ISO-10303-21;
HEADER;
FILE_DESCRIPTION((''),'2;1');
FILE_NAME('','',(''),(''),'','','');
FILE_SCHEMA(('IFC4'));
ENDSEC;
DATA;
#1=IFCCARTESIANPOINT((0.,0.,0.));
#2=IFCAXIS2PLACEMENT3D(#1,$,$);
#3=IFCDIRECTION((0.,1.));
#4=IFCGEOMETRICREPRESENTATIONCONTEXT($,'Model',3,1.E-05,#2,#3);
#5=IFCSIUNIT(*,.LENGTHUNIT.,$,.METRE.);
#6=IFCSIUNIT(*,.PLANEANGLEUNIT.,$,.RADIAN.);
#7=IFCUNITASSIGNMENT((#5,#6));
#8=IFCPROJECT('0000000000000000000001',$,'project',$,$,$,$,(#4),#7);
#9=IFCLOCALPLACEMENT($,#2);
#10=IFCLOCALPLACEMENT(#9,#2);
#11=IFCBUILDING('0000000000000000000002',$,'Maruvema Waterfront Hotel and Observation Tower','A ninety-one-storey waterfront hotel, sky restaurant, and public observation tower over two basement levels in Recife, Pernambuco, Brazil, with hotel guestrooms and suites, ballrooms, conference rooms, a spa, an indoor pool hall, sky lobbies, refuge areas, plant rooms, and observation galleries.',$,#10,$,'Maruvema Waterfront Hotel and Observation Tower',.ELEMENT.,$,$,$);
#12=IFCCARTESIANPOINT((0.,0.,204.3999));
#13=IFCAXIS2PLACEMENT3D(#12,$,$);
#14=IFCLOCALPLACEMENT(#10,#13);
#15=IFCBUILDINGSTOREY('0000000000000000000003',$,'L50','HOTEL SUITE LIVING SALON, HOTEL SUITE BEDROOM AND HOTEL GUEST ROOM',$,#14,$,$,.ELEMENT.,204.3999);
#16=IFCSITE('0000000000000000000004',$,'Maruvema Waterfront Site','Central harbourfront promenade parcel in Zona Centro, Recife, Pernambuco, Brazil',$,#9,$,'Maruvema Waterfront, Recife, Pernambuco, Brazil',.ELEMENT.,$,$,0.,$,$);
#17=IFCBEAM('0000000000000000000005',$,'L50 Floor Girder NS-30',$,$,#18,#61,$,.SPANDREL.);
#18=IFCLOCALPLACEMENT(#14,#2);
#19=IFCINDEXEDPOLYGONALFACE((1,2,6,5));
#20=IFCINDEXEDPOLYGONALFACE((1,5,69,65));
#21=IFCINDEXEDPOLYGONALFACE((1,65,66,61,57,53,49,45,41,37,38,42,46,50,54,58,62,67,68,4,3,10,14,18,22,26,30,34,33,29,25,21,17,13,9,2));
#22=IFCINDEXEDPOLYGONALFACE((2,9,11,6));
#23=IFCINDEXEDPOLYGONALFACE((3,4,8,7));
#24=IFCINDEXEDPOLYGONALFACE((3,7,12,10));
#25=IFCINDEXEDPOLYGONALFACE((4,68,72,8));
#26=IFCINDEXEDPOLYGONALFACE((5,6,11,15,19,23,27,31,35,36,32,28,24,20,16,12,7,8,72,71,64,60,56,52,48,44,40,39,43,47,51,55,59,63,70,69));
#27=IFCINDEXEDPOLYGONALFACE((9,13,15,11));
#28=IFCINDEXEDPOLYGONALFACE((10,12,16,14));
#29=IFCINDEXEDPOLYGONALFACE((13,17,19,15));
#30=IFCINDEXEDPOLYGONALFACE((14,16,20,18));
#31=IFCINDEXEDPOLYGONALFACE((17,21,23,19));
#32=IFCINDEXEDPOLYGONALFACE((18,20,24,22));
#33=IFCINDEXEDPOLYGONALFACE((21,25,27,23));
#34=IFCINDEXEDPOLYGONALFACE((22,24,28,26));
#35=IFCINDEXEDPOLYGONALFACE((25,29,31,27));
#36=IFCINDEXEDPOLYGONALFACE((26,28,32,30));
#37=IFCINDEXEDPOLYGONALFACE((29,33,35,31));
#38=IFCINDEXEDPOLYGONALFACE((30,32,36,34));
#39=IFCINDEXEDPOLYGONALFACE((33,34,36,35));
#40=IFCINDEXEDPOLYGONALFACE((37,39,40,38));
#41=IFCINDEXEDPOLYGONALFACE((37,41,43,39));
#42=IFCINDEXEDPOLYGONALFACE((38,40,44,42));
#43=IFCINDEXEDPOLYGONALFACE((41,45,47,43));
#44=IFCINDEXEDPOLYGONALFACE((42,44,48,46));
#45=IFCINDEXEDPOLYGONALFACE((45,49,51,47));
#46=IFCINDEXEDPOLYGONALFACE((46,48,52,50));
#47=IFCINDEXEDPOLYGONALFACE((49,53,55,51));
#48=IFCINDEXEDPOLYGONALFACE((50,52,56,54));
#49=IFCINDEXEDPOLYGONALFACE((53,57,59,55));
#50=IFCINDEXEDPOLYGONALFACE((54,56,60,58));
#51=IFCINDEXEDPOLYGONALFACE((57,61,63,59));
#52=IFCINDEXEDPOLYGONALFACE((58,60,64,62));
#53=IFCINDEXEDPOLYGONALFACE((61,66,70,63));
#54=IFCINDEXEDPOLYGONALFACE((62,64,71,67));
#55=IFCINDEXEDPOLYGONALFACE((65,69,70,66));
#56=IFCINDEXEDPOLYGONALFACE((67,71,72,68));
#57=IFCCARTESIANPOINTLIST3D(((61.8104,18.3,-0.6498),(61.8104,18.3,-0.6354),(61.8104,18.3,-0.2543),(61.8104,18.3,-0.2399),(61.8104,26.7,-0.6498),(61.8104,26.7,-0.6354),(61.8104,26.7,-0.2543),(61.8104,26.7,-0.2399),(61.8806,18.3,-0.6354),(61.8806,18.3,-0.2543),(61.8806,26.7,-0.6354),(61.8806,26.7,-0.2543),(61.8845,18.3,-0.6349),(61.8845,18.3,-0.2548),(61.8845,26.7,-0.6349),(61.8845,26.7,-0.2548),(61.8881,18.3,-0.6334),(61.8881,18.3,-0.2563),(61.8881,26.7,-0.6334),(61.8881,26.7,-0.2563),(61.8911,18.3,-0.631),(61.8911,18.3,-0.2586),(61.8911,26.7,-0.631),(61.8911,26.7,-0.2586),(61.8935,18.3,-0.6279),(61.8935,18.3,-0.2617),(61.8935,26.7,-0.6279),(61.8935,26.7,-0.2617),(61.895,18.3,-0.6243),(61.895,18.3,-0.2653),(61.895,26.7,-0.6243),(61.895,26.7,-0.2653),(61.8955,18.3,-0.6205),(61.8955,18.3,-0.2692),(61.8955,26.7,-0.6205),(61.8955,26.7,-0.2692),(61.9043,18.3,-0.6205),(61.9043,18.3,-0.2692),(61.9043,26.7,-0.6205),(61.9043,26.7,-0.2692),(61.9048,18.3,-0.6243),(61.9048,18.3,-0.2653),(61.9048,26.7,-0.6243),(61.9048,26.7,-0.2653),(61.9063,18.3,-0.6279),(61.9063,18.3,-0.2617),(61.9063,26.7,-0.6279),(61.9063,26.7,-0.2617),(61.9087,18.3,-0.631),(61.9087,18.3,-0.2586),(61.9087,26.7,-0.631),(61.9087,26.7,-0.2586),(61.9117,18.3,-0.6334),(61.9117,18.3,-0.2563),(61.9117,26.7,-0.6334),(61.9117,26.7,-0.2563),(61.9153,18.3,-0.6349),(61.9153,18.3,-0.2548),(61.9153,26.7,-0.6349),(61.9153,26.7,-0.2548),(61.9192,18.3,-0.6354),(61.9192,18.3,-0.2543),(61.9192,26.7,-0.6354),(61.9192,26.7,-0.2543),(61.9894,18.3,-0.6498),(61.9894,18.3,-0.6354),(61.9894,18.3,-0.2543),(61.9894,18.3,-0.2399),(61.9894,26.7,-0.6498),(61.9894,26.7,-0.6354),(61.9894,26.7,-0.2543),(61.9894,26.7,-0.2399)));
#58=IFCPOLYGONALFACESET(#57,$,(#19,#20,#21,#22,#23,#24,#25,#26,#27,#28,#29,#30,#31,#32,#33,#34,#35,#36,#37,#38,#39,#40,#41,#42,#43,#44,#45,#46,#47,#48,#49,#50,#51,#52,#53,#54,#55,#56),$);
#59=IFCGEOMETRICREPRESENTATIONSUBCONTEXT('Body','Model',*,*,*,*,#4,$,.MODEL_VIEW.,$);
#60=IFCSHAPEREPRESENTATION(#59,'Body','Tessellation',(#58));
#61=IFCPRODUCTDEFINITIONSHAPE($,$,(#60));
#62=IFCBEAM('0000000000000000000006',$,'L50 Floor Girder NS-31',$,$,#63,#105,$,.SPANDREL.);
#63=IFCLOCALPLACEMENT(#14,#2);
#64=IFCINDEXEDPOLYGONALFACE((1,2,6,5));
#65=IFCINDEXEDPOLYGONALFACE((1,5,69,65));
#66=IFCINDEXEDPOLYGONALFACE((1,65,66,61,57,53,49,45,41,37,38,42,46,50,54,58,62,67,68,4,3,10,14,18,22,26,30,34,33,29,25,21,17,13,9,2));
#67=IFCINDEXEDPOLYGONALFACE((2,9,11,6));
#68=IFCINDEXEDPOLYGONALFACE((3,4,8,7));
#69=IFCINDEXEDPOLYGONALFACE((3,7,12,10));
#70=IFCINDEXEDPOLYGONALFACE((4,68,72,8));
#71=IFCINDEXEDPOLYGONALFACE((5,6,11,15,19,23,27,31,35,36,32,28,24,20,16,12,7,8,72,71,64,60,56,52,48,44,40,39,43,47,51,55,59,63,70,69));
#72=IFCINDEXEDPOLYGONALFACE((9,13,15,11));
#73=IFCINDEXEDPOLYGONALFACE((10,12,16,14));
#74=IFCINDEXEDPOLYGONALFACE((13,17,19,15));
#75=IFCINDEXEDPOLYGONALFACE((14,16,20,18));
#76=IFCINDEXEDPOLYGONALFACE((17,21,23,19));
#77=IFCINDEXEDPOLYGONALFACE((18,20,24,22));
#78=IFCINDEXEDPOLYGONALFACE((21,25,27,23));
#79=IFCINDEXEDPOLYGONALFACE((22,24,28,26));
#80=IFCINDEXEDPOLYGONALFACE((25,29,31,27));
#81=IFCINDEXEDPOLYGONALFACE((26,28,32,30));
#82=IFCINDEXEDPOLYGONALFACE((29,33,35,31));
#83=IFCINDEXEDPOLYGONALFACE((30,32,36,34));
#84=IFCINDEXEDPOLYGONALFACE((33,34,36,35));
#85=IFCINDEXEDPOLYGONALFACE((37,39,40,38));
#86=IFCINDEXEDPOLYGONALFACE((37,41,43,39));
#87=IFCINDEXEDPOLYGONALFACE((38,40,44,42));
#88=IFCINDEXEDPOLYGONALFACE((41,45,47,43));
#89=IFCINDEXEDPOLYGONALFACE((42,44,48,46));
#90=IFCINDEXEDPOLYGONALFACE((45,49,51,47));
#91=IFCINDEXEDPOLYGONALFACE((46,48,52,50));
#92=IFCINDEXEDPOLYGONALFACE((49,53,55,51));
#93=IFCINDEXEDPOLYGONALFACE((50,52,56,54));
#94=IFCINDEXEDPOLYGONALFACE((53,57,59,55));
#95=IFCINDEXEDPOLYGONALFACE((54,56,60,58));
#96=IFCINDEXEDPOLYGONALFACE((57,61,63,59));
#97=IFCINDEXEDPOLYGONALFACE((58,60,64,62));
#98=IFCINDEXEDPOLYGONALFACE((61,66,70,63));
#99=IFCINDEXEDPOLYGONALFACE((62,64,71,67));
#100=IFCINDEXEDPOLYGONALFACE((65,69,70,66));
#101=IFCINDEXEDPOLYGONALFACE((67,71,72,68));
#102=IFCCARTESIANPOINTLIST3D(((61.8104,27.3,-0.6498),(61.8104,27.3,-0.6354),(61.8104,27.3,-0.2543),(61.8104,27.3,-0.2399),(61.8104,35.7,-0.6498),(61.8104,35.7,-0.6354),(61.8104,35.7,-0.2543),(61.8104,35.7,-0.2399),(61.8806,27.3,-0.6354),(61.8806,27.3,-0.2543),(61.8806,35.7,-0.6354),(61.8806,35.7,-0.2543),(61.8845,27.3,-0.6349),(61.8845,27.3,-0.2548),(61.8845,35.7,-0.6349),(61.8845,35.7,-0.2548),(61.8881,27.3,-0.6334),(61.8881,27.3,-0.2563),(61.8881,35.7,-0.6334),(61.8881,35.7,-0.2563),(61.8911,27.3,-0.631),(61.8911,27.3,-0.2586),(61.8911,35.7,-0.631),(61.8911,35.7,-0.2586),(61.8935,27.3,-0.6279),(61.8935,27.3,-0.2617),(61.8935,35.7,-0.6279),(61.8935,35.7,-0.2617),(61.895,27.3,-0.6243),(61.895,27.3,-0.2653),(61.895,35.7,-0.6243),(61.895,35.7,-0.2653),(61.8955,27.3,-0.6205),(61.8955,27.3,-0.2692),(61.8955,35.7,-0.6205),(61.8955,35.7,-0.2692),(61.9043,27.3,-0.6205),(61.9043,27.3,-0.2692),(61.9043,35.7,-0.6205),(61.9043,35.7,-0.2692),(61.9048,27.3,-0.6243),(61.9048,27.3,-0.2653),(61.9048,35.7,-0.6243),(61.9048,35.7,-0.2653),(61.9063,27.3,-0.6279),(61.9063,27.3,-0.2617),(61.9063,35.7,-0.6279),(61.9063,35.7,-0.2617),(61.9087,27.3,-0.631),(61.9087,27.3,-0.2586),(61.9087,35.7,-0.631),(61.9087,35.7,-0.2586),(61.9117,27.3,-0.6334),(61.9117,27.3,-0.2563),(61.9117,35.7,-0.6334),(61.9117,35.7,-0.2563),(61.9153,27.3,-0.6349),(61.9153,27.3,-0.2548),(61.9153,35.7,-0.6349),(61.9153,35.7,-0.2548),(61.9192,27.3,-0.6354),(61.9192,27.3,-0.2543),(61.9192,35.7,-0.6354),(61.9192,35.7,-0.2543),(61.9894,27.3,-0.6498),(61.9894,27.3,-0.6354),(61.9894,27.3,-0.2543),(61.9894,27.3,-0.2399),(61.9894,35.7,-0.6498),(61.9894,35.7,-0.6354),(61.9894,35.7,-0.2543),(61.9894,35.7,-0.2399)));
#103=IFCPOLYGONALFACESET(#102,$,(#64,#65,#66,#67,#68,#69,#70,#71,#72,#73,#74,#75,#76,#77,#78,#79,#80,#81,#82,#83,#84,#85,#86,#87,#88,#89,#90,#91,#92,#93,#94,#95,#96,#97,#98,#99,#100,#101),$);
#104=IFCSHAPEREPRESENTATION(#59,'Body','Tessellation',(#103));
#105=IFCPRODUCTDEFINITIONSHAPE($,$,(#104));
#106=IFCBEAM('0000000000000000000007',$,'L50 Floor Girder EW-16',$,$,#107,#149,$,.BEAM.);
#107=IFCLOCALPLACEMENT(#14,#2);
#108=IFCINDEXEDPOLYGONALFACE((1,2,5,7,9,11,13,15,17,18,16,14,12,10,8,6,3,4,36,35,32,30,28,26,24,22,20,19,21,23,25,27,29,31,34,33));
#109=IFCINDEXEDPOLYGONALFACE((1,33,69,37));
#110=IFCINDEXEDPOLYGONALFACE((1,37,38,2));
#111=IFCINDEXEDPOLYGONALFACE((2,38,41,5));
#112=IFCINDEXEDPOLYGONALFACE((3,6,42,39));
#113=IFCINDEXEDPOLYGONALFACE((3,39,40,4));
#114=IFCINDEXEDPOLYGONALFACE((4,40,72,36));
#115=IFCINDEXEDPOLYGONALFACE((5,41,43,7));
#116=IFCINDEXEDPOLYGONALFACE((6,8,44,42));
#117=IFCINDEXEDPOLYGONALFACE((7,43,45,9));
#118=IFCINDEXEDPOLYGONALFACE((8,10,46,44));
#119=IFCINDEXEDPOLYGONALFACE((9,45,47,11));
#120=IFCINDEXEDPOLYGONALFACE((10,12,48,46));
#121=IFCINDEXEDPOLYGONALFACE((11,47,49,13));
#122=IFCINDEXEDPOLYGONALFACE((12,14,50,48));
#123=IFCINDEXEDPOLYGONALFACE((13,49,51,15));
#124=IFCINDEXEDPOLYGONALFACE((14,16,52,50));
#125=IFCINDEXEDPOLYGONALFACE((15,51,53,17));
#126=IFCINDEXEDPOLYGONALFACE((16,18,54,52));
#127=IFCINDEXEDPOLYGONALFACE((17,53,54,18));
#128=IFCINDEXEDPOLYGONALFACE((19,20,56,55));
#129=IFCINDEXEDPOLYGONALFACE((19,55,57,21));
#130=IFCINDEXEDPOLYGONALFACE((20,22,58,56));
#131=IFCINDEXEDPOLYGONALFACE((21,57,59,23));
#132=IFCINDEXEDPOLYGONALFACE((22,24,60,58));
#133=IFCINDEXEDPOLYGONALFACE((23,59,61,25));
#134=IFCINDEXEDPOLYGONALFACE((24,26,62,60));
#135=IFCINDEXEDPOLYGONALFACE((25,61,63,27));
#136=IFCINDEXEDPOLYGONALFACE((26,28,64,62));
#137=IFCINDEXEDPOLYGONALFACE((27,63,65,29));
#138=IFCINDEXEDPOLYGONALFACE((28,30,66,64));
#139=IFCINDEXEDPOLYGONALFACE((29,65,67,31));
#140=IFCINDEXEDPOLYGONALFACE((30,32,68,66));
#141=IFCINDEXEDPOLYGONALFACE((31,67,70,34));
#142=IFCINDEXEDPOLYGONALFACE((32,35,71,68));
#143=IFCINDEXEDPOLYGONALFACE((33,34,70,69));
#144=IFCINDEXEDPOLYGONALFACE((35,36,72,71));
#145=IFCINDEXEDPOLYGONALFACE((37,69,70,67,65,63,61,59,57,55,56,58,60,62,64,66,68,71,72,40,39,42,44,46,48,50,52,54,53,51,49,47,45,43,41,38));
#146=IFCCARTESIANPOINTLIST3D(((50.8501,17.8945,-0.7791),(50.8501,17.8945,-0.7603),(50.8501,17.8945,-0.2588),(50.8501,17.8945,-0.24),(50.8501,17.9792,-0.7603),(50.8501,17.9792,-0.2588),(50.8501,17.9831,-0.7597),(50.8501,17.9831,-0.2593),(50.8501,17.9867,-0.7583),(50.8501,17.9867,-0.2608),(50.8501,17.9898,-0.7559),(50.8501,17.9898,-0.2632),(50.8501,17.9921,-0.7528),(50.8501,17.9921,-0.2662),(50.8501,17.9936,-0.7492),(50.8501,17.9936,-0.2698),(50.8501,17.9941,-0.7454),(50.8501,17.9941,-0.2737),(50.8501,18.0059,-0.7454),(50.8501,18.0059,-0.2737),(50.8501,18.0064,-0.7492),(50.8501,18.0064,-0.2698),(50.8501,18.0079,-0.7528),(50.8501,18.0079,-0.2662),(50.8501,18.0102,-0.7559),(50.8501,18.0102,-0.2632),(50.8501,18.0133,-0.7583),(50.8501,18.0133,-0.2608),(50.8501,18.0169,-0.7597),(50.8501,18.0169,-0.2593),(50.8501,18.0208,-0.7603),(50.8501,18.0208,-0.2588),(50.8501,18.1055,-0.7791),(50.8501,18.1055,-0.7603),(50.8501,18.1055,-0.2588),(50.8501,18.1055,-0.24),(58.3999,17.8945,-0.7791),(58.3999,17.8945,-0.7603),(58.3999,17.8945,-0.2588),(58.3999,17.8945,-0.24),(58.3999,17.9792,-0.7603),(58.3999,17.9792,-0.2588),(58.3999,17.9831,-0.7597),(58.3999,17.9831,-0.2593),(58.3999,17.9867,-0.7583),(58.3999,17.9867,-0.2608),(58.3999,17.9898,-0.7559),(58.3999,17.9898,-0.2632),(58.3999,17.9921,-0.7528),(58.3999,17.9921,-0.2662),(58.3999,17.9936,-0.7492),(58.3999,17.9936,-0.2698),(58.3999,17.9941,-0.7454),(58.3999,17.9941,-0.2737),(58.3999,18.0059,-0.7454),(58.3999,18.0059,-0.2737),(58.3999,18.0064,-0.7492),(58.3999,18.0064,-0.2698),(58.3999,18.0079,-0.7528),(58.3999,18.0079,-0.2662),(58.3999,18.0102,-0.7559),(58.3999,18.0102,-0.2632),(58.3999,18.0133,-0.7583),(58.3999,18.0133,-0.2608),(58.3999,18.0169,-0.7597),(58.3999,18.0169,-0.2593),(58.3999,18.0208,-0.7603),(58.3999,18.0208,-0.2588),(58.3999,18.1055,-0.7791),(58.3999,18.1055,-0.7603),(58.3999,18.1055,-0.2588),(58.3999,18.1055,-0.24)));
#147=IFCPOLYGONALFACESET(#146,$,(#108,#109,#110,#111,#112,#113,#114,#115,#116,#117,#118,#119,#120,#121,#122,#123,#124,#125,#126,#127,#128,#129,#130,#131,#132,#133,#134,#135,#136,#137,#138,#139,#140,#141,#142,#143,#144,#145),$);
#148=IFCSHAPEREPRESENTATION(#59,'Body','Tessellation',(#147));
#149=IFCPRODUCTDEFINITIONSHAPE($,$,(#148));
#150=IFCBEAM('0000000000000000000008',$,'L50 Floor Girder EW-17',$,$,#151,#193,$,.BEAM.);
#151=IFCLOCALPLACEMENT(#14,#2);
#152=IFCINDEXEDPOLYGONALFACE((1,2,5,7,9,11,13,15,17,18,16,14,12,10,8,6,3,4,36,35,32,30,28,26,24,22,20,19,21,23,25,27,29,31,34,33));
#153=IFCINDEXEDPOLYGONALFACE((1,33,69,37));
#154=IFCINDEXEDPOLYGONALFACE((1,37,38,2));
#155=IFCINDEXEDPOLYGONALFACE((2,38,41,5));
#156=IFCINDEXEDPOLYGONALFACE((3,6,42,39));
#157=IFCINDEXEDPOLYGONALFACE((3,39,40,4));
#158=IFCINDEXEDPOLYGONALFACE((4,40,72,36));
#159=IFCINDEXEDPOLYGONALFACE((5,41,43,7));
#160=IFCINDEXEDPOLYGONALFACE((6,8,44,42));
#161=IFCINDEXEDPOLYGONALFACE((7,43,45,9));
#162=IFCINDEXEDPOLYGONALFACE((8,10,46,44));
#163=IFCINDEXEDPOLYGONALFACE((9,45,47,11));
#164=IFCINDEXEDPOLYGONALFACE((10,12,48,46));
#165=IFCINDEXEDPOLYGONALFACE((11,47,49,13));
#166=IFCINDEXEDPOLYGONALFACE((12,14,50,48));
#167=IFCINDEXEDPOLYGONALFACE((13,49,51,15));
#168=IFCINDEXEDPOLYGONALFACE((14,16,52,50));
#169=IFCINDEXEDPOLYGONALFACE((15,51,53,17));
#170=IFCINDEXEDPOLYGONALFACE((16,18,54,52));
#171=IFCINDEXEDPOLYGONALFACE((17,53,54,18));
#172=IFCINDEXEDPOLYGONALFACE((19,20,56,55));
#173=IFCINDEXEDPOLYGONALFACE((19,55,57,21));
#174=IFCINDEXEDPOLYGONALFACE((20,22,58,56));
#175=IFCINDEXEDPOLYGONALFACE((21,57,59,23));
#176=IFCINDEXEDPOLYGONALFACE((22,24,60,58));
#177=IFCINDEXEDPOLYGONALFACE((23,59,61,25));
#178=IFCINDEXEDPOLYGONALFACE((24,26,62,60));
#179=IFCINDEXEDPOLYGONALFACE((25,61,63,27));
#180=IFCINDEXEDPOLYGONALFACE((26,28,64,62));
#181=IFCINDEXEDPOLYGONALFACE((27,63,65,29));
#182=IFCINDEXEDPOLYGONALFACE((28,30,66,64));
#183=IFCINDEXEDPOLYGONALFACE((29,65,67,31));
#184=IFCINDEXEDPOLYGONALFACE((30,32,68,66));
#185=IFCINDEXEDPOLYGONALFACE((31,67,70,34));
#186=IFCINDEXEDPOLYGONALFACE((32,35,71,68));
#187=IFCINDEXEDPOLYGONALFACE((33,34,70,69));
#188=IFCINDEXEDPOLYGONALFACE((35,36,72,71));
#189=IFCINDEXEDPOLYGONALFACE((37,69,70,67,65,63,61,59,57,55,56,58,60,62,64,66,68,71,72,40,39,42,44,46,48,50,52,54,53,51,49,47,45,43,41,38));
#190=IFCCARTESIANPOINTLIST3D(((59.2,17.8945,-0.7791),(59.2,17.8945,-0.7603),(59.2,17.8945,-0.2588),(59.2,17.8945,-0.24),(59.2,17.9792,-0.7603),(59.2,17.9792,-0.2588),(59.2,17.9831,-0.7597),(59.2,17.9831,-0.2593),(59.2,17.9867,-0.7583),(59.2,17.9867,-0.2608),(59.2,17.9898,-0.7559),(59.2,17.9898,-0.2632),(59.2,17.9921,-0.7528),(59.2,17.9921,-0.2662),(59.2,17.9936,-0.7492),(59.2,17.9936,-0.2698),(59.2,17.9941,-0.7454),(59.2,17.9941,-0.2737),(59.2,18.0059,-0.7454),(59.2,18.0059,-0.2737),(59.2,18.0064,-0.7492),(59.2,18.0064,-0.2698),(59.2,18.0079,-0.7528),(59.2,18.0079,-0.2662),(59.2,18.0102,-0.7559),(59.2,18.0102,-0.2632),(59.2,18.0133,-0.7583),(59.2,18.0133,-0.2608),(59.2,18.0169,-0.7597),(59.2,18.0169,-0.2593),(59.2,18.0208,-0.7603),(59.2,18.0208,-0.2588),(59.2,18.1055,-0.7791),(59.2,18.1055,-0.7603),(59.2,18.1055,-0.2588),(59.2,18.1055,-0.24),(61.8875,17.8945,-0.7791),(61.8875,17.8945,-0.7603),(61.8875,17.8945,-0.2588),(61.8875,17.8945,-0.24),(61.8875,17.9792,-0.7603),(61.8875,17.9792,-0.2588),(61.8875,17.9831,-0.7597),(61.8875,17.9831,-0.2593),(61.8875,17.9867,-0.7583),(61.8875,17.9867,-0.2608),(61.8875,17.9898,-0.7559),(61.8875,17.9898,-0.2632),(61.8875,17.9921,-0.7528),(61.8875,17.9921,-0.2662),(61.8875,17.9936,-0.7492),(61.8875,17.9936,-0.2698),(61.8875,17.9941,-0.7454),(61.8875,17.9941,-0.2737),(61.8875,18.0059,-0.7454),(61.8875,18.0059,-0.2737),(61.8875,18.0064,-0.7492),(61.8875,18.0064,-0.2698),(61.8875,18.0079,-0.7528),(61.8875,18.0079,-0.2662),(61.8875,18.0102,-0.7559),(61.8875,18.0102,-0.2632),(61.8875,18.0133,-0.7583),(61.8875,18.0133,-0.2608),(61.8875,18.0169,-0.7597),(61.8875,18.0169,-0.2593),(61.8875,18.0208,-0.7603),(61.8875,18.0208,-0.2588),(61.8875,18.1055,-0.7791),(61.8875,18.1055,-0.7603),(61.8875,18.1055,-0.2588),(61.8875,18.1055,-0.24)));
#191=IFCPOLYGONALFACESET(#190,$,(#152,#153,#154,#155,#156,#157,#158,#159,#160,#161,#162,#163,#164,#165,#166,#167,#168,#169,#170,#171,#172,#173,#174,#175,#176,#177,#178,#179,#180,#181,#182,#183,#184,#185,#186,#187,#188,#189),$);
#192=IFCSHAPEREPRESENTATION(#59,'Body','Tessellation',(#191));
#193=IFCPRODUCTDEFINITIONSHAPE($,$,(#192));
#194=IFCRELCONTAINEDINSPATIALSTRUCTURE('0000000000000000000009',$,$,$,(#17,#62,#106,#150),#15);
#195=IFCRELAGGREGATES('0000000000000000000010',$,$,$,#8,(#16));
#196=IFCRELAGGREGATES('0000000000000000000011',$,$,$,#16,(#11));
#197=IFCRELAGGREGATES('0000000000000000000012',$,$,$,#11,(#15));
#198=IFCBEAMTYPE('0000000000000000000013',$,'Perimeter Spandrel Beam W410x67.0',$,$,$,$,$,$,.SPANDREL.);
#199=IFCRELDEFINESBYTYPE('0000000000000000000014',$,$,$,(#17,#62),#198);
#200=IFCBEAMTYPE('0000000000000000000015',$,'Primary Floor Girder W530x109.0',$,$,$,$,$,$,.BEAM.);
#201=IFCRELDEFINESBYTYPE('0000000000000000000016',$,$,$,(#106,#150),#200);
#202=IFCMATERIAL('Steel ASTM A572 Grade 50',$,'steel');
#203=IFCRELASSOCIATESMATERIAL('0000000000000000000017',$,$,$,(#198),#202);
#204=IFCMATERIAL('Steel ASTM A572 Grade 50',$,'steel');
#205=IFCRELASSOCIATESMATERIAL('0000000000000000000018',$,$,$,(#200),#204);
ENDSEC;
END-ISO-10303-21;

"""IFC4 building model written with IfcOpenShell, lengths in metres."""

from ifc_helpers import new_model, si_unit, direction, frame, origin, origin_2d, place, context, subcontext, project, spatial, i_section, extrude, material, material_profile, profile_set, type_object, element, save


model = new_model("IFC4")

# Units and contexts
model_context = context("Model", 3, precision=1e-05, world=origin(), true_north=direction((0.0, 1.0)))
body_context = subcontext(model_context, "Body", "Model", "MODEL_VIEW")
ifc_project = project(units=[si_unit("LENGTHUNIT", "METRE"), si_unit("PLANEANGLEUNIT", "RADIAN")], contexts=[model_context])

# Site, building, storey
site_placement = place(None, origin())
site = spatial("IfcSite", under=ifc_project, at=site_placement, Name="Maruvema Waterfront Site", Description="Central harbourfront promenade parcel in Zona Centro, Recife, Pernambuco, Brazil", LongName="Maruvema Waterfront, Recife, Pernambuco, Brazil", CompositionType="ELEMENT", RefElevation=0.0)
building_placement = place(site_placement, origin())
building = spatial("IfcBuilding", under=site, at=building_placement, Name="Maruvema Waterfront Hotel and Observation Tower", Description="A ninety-one-storey waterfront hotel, sky restaurant, and public observation tower over two basement levels in Recife, Pernambuco, Brazil, with hotel guestrooms and suites, ballrooms, conference rooms, a spa, an indoor pool hall, sky lobbies, refuge areas, plant rooms, and observation galleries.", LongName="Maruvema Waterfront Hotel and Observation Tower", CompositionType="ELEMENT")
storey_placement = place(building_placement, frame((0.0, 0.0, 204.3999)))
storey = spatial("IfcBuildingStorey", under=building, at=storey_placement, Name="L50", Description="HOTEL SUITE LIVING SALON, HOTEL SUITE BEDROOM AND HOTEL GUEST ROOM", CompositionType="ELEMENT", Elevation=204.3999)

# Beams
ifc_material_1 = material(Name="Steel ASTM A572 Grade 50", Category="steel")
ifc_material_profile_1 = material_profile(ifc_material_1, i_section(OverallWidth=0.179, OverallDepth=0.4099, WebThickness=0.0088, FlangeThickness=0.0144, FilletRadius=0.0149, at=origin_2d()), Name="W410x67.0")
ifc_profile_set_1 = profile_set([ifc_material_profile_1], Name="Steel ASTM A572 Grade 50")
beam_type_1 = type_object("IfcBeamType", Name="Perimeter Spandrel Beam W410x67.0", PredefinedType="SPANDREL", material=ifc_profile_set_1)
for number, where, z_axis, x_axis, name in (
    (1, (61.8999, 18.3, -0.4448), (0.0, 1.0, 0.0), (-1.0, 0.0, 0.0), "L50 Floor Girder NS-30"),
    (2, (61.8999, 27.3, -0.4448), (0.0, 1.0, 0.0), (-1.0, 0.0, 0.0), "L50 Floor Girder NS-31"),
):
    element("IfcBeam", number, at=place(storey_placement, frame(where, z_axis=z_axis, x_axis=x_axis)), inside=storey, type_object=beam_type_1, Name=name, PredefinedType="SPANDREL", context=body_context, shape_type="SweptSolid", body=[
        extrude(i_section(OverallWidth=0.179, OverallDepth=0.4099, WebThickness=0.0088, FlangeThickness=0.0144, FilletRadius=0.0149, at=origin_2d()), origin(), (0.0, 0.0, 1.0), 8.3999),
    ])
ifc_material_2 = material(Name="Steel ASTM A572 Grade 50", Category="steel")
ifc_material_profile_2 = material_profile(ifc_material_2, i_section(OverallWidth=0.2109, OverallDepth=0.5391, WebThickness=0.0117, FlangeThickness=0.0188, FilletRadius=0.0149, at=origin_2d()), Name="W530x109.0")
ifc_profile_set_2 = profile_set([ifc_material_profile_2], Name="Steel ASTM A572 Grade 50")
beam_type_2 = type_object("IfcBeamType", Name="Primary Floor Girder W530x109.0", PredefinedType="BEAM", material=ifc_profile_set_2)
beam_1_placement = place(storey_placement, frame((50.8501, 18.0, -0.5095), z_axis=(1.0, 0.0, 0.0), x_axis=(0.0, 1.0, 0.0)))
element("IfcBeam", 3, at=beam_1_placement, inside=storey, type_object=beam_type_2, Name="L50 Floor Girder EW-16", PredefinedType="BEAM", context=body_context, shape_type="SweptSolid", body=[
    extrude(i_section(OverallWidth=0.2109, OverallDepth=0.5391, WebThickness=0.0117, FlangeThickness=0.0188, FilletRadius=0.0149, at=origin_2d()), origin(), (0.0, 0.0, 1.0), 7.5498),
])
beam_2_placement = place(storey_placement, frame((59.2, 18.0, -0.5095), z_axis=(1.0, 0.0, 0.0), x_axis=(0.0, 1.0, 0.0)))
element("IfcBeam", 4, at=beam_2_placement, inside=storey, type_object=beam_type_2, Name="L50 Floor Girder EW-17", PredefinedType="BEAM", context=body_context, shape_type="SweptSolid", body=[
    extrude(i_section(OverallWidth=0.2109, OverallDepth=0.5391, WebThickness=0.0117, FlangeThickness=0.0188, FilletRadius=0.0149, at=origin_2d()), origin(), (0.0, 0.0, 1.0), 2.6875),
])

save(model, "model.ifc")
